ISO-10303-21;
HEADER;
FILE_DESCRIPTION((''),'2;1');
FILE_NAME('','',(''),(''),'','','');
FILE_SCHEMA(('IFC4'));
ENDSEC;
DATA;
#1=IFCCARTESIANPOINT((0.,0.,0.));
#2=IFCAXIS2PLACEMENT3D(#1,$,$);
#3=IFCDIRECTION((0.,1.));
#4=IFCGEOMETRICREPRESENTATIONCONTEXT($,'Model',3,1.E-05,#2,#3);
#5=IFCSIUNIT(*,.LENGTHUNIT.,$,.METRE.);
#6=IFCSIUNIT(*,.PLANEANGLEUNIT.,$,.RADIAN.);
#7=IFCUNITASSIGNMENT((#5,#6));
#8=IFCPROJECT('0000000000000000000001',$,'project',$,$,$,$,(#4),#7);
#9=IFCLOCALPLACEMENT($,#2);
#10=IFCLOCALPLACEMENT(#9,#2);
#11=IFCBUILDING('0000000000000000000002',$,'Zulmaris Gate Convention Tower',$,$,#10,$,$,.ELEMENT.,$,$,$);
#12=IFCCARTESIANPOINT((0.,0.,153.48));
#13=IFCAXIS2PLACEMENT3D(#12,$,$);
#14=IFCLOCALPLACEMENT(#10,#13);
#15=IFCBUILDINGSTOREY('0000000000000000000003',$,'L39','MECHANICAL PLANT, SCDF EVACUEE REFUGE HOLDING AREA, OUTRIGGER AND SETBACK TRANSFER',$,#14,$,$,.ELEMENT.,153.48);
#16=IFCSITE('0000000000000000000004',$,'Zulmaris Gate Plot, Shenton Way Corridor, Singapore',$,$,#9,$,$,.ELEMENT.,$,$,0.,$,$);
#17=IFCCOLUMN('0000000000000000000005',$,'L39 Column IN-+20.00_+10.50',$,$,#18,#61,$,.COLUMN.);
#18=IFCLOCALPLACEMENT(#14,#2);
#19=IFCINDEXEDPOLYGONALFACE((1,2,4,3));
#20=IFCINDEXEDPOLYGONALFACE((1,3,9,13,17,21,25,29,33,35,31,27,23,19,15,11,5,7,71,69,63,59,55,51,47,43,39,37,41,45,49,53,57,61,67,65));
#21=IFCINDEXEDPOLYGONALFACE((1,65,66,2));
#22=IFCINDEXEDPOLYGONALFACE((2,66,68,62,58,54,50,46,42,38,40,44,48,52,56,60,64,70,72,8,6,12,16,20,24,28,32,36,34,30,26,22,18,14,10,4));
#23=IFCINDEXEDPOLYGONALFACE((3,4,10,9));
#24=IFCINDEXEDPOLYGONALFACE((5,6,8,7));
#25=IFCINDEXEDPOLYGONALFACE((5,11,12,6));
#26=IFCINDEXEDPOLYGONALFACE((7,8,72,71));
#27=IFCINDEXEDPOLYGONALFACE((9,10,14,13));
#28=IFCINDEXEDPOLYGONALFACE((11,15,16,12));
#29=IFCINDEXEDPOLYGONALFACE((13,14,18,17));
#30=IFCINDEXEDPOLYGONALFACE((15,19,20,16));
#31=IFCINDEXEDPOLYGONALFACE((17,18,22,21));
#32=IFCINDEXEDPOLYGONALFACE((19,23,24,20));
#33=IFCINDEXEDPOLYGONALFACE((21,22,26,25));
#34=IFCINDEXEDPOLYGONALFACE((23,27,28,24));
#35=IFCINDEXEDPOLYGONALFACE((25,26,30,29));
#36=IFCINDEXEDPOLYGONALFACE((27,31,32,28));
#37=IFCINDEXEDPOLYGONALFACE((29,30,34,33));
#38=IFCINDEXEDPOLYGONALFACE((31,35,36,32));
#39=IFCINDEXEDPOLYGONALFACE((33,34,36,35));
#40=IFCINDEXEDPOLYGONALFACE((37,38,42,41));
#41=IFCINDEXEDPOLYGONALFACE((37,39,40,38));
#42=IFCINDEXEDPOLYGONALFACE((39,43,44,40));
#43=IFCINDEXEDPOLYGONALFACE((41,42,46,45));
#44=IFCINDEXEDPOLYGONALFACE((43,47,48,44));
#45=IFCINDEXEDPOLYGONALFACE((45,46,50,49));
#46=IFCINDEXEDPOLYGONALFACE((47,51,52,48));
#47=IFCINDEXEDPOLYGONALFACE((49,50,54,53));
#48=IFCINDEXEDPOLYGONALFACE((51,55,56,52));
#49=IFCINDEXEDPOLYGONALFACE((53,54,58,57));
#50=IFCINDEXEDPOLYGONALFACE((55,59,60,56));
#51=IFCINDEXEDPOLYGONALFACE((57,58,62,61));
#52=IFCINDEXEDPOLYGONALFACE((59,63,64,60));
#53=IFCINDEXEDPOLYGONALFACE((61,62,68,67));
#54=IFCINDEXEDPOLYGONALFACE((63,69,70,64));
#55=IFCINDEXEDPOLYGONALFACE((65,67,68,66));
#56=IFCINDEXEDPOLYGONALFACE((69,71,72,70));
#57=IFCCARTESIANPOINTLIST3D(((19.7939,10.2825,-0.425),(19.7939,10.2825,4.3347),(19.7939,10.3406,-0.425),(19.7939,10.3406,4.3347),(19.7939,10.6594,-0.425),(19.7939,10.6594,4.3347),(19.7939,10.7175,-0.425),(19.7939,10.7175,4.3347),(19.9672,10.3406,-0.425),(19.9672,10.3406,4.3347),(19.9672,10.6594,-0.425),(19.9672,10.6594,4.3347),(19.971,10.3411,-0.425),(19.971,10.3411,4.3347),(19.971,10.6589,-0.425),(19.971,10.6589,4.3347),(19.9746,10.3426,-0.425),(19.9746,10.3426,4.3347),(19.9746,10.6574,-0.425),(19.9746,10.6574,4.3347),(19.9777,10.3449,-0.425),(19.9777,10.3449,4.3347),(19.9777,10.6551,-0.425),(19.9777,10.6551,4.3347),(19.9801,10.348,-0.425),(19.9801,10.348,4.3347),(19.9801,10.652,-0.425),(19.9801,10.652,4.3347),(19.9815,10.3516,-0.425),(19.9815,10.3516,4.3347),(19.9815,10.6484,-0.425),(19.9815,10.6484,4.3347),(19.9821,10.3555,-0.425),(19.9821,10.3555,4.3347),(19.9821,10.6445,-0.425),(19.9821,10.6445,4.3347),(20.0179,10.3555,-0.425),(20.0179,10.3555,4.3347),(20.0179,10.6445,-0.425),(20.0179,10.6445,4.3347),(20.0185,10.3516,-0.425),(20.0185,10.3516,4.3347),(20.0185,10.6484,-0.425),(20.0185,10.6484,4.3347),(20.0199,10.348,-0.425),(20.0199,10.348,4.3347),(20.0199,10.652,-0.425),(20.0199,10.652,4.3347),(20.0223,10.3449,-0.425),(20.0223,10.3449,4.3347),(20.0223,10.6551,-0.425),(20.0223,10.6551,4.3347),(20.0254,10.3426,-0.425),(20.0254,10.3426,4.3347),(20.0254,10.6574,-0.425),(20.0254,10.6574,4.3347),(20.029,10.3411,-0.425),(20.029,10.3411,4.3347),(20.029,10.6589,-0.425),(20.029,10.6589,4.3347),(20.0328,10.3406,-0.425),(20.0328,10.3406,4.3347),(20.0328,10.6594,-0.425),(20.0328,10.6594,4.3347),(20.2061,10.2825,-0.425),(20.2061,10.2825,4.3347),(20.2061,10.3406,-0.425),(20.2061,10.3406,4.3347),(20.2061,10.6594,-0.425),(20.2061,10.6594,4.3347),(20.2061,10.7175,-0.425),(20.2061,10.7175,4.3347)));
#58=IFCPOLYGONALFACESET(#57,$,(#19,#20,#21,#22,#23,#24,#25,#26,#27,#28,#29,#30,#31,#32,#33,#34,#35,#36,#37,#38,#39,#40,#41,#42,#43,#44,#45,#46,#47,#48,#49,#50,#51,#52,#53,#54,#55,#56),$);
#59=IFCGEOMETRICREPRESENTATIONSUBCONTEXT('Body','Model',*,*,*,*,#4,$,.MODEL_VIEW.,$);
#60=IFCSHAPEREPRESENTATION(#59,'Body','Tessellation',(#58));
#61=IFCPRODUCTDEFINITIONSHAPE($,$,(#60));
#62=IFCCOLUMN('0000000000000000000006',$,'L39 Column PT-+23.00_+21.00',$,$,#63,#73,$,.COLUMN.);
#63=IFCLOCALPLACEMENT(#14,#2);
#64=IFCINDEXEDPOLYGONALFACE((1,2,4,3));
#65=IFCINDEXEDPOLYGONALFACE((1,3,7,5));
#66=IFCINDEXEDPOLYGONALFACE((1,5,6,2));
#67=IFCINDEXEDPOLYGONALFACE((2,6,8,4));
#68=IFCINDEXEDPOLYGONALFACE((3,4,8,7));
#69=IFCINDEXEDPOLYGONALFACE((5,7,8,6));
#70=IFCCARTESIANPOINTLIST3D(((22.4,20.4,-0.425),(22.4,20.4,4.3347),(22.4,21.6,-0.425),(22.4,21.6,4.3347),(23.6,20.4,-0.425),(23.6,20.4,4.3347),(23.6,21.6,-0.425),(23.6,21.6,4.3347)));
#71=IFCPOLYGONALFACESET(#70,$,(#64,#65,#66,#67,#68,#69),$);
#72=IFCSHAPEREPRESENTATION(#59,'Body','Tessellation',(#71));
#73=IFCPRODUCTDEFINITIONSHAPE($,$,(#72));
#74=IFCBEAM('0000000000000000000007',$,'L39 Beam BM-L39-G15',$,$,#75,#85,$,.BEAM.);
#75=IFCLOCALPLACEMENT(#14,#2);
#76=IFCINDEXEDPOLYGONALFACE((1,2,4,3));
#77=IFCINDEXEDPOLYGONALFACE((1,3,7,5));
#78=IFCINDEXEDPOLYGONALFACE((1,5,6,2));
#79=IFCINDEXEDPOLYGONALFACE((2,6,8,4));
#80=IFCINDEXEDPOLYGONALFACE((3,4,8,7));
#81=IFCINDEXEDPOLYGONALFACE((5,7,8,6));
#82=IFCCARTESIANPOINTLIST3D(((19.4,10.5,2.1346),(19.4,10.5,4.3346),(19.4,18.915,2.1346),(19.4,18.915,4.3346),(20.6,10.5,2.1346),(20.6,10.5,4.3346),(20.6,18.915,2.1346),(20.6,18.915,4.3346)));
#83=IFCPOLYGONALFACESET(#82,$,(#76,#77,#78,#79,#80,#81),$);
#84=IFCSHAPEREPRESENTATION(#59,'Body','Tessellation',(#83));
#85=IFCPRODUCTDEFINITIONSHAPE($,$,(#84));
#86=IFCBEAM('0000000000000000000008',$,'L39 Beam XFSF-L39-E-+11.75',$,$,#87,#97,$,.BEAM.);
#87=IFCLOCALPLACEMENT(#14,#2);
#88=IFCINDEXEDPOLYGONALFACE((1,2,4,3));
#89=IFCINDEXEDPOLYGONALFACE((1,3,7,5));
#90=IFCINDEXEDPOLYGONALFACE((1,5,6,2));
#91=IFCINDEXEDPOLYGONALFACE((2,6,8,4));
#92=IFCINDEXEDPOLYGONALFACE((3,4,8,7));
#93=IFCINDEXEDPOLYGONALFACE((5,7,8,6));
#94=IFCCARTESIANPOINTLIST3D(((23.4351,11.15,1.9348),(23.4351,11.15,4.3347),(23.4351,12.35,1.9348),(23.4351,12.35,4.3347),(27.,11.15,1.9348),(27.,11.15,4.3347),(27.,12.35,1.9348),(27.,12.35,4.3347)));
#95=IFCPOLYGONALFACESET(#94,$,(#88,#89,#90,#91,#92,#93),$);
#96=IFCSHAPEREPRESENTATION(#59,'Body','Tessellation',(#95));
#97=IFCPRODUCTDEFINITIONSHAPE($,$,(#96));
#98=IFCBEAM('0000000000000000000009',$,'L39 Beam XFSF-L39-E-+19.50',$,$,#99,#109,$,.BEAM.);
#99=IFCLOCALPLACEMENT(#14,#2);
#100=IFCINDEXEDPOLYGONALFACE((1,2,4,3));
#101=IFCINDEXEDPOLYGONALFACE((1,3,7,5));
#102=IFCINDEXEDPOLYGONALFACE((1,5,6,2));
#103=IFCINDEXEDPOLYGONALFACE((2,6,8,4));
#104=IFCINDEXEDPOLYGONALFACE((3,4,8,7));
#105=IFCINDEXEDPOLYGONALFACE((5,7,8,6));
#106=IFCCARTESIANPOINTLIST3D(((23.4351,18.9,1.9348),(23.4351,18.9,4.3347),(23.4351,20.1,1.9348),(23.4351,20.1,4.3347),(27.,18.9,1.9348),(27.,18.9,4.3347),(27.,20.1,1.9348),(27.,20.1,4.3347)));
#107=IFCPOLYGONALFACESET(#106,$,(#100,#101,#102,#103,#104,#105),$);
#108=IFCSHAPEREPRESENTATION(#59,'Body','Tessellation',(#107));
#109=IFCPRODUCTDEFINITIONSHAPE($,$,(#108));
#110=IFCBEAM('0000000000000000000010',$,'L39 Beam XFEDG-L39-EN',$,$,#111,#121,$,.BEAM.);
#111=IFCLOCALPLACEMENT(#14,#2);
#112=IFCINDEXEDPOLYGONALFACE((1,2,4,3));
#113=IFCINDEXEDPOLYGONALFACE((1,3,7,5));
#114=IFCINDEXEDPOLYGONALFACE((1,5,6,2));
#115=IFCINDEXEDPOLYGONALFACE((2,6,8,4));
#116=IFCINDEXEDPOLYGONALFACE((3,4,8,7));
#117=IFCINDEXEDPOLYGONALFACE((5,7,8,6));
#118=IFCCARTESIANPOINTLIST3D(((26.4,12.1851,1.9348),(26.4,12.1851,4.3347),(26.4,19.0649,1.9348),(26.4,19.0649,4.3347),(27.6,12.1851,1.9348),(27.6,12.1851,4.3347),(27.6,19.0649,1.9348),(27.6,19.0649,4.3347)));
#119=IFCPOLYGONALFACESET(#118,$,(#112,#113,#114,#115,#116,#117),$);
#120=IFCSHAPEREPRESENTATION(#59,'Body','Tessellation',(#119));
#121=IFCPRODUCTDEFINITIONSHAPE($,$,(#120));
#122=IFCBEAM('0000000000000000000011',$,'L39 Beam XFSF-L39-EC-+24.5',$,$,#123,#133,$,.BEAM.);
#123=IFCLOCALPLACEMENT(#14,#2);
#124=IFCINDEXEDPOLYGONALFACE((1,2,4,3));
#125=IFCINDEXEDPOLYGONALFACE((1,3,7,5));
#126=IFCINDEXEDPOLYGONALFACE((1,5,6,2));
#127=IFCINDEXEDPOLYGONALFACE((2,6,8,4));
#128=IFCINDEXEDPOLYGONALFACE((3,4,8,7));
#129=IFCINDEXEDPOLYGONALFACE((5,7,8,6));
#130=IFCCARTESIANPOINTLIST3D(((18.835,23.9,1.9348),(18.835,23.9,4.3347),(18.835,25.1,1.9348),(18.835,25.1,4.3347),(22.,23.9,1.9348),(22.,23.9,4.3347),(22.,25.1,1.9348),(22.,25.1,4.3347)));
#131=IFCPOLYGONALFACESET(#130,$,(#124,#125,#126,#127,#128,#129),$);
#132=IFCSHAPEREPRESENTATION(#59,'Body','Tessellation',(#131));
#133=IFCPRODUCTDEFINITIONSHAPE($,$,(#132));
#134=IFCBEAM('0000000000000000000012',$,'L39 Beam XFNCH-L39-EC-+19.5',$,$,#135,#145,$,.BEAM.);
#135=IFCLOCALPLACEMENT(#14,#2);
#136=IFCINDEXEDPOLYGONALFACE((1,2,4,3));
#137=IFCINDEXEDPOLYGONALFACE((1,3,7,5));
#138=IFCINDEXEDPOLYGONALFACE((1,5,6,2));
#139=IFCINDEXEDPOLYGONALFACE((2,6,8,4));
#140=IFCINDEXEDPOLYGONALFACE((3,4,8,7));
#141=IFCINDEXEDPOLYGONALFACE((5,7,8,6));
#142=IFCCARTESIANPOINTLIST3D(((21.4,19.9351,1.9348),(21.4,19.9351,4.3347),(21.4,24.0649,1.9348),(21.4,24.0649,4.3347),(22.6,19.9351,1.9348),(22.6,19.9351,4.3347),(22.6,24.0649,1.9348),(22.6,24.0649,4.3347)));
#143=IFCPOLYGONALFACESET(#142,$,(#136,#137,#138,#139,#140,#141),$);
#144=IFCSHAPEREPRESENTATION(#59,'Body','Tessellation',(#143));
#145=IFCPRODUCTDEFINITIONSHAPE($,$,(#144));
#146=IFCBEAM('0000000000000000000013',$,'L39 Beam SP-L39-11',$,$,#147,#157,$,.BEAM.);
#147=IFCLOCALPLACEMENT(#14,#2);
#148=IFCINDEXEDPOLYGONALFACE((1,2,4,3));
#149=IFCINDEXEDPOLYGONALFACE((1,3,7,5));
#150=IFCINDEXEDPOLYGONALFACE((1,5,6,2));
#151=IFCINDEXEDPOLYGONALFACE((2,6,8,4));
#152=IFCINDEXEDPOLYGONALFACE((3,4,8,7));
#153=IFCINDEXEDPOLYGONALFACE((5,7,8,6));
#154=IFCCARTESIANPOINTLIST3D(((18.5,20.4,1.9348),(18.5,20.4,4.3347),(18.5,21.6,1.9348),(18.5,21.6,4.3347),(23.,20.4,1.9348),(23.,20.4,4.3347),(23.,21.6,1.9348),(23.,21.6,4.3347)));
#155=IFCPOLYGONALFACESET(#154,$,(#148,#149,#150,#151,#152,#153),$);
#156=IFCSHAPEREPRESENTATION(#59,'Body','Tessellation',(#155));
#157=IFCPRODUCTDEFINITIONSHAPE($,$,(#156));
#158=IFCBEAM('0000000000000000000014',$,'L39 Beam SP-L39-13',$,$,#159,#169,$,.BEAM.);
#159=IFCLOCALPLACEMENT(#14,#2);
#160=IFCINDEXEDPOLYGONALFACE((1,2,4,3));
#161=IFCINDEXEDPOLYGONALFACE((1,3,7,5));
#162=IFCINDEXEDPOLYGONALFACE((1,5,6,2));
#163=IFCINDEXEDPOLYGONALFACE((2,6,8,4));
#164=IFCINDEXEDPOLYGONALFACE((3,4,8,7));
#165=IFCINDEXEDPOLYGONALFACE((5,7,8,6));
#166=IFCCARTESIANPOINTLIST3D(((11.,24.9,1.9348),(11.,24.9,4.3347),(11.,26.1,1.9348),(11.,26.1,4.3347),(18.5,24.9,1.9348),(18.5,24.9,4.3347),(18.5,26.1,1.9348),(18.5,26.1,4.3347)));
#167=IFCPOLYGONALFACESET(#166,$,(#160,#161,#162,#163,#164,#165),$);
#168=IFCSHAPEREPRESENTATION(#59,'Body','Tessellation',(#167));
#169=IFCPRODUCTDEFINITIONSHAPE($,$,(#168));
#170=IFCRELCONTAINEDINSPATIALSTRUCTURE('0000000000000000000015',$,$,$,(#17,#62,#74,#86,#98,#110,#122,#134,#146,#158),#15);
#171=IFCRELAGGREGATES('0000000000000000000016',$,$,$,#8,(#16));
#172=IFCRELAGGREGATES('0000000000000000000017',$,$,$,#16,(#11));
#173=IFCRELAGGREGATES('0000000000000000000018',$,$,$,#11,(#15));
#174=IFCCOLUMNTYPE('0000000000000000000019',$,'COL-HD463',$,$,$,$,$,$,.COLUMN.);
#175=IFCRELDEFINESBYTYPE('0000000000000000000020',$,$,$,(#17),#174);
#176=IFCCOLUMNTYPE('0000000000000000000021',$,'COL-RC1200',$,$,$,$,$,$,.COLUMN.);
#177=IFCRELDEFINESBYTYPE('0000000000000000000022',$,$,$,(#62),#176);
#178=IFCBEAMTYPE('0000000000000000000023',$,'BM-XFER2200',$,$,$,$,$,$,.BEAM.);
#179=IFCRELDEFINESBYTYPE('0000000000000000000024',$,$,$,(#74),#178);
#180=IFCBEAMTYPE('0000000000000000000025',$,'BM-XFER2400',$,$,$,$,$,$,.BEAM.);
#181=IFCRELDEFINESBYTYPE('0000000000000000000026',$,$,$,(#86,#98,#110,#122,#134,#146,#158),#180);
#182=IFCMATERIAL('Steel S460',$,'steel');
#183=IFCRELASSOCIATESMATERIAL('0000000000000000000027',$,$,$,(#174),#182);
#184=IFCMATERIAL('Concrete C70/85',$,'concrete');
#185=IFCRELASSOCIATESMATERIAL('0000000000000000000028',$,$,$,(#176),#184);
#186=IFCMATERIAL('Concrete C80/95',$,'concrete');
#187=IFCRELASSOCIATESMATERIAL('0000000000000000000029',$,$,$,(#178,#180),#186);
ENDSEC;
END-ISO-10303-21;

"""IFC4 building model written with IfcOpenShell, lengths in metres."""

from ifc_helpers import new_model, si_unit, direction, frame, origin, origin_2d, place, context, subcontext, project, spatial, rectangle, i_section, extrude, material, material_profile, profile_set, type_object, element, save


model = new_model("IFC4")

# Units and contexts
model_context = context("Model", 3, precision=1e-05, world=origin(), true_north=direction((0.0, 1.0)))
body_context = subcontext(model_context, "Body", "Model", "MODEL_VIEW")
ifc_project = project(units=[si_unit("LENGTHUNIT", "METRE"), si_unit("PLANEANGLEUNIT", "RADIAN")], contexts=[model_context])

# Site, building, storey
site_placement = place(None, origin())
site = spatial("IfcSite", under=ifc_project, at=site_placement, Name="Zulmaris Gate Plot, Shenton Way Corridor, Singapore", CompositionType="ELEMENT", RefElevation=0.0)
building_placement = place(site_placement, origin())
building = spatial("IfcBuilding", under=site, at=building_placement, Name="Zulmaris Gate Convention Tower", CompositionType="ELEMENT")
storey_placement = place(building_placement, frame((0.0, 0.0, 153.48)))
storey = spatial("IfcBuildingStorey", under=building, at=storey_placement, Name="L39", Description="MECHANICAL PLANT, SCDF EVACUEE REFUGE HOLDING AREA, OUTRIGGER AND SETBACK TRANSFER", CompositionType="ELEMENT", Elevation=153.48)

# Columns
ifc_material_1 = material(Name="Steel S460", Category="steel")
ifc_material_profile_1 = material_profile(ifc_material_1, i_section(OverallWidth=0.4121, OverallDepth=0.4351, WebThickness=0.0359, FlangeThickness=0.0581, FilletRadius=0.0149, at=origin_2d()), Name="HD 400x463")
ifc_profile_set_1 = profile_set([ifc_material_profile_1], Name="Steel S460")
column_type_1 = type_object("IfcColumnType", Name="COL-HD463", PredefinedType="COLUMN", material=ifc_profile_set_1)
column_1_placement = place(storey_placement, frame((20.0, 10.5, -0.425), z_axis=(0.0, 0.0, 1.0), x_axis=(1.0, 0.0, 0.0)))
element("IfcColumn", 1, at=column_1_placement, inside=storey, type_object=column_type_1, Name="L39 Column IN-+20.00_+10.50", PredefinedType="COLUMN", context=body_context, shape_type="SweptSolid", body=[
    extrude(i_section(OverallWidth=0.4121, OverallDepth=0.4351, WebThickness=0.0359, FlangeThickness=0.0581, FilletRadius=0.0149, at=origin_2d()), origin(), (0.0, 0.0, 1.0), 4.7598),
])
ifc_material_2 = material(Name="Concrete C70/85", Category="concrete")
ifc_material_profile_2 = material_profile(ifc_material_2, rectangle(XDim=1.2, YDim=1.2, at=origin_2d()), Name="RC COL 1200x1200")
ifc_profile_set_2 = profile_set([ifc_material_profile_2], Name="Concrete C70/85")
column_type_2 = type_object("IfcColumnType", Name="COL-RC1200", PredefinedType="COLUMN", material=ifc_profile_set_2)
column_2_placement = place(storey_placement, frame((23.0, 21.0, -0.425), z_axis=(0.0, 0.0, 1.0), x_axis=(1.0, 0.0, 0.0)))
element("IfcColumn", 2, at=column_2_placement, inside=storey, type_object=column_type_2, Name="L39 Column PT-+23.00_+21.00", PredefinedType="COLUMN", context=body_context, shape_type="SweptSolid", body=[
    extrude(rectangle(XDim=1.2, YDim=1.2, at=origin_2d()), origin(), (0.0, 0.0, 1.0), 4.7598),
])

# Beams
ifc_material_3 = material(Name="Concrete C80/95", Category="concrete")
ifc_material_profile_3 = material_profile(ifc_material_3, rectangle(XDim=1.2, YDim=2.2, at=origin_2d()), Name="RC TRANSFER 1200x2200")
ifc_profile_set_3 = profile_set([ifc_material_profile_3], Name="Concrete C80/95")
beam_type_1 = type_object("IfcBeamType", Name="BM-XFER2200", PredefinedType="BEAM", material=ifc_profile_set_3)
beam_1_placement = place(storey_placement, frame((20.0, 10.5, 3.2346), z_axis=(0.0, 1.0, 0.0), x_axis=(-1.0, 0.0, 0.0)))
element("IfcBeam", 3, at=beam_1_placement, inside=storey, type_object=beam_type_1, Name="L39 Beam BM-L39-G15", PredefinedType="BEAM", context=body_context, shape_type="SweptSolid", body=[
    extrude(rectangle(XDim=1.2, YDim=2.2, at=origin_2d()), origin(), (0.0, 0.0, 1.0), 8.415),
])
ifc_material_profile_4 = material_profile(ifc_material_3, rectangle(XDim=1.2, YDim=2.3999, at=origin_2d()), Name="RC TRANSFER 1200x2400")
ifc_profile_set_4 = profile_set([ifc_material_profile_4], Name="Concrete C80/95")
beam_type_2 = type_object("IfcBeamType", Name="BM-XFER2400", PredefinedType="BEAM", material=ifc_profile_set_4)
for number, where, z_axis, x_axis, name in (
    (4, (23.4351, 11.75, 3.1348), (1.0, 0.0, 0.0), (0.0, 1.0, 0.0), "L39 Beam XFSF-L39-E-+11.75"),
    (5, (23.4351, 19.5, 3.1348), (1.0, 0.0, 0.0), (0.0, 1.0, 0.0), "L39 Beam XFSF-L39-E-+19.50"),
):
    element("IfcBeam", number, at=place(storey_placement, frame(where, z_axis=z_axis, x_axis=x_axis)), inside=storey, type_object=beam_type_2, Name=name, PredefinedType="BEAM", context=body_context, shape_type="SweptSolid", body=[
        extrude(rectangle(XDim=1.2, YDim=2.3999, at=origin_2d()), origin(), (0.0, 0.0, 1.0), 3.5649),
    ])
beam_2_placement = place(storey_placement, frame((27.0, 12.1851, 3.1348), z_axis=(0.0, 1.0, 0.0), x_axis=(-1.0, 0.0, 0.0)))
element("IfcBeam", 6, at=beam_2_placement, inside=storey, type_object=beam_type_2, Name="L39 Beam XFEDG-L39-EN", PredefinedType="BEAM", context=body_context, shape_type="SweptSolid", body=[
    extrude(rectangle(XDim=1.2, YDim=2.3999, at=origin_2d()), origin(), (0.0, 0.0, 1.0), 6.8799),
])
beam_3_placement = place(storey_placement, frame((18.835, 24.5, 3.1348), z_axis=(1.0, 0.0, 0.0), x_axis=(0.0, 1.0, 0.0)))
element("IfcBeam", 7, at=beam_3_placement, inside=storey, type_object=beam_type_2, Name="L39 Beam XFSF-L39-EC-+24.5", PredefinedType="BEAM", context=body_context, shape_type="SweptSolid", body=[
    extrude(rectangle(XDim=1.2, YDim=2.3999, at=origin_2d()), origin(), (0.0, 0.0, 1.0), 3.165),
])
beam_4_placement = place(storey_placement, frame((22.0, 19.9351, 3.1348), z_axis=(0.0, 1.0, 0.0), x_axis=(-1.0, 0.0, 0.0)))
element("IfcBeam", 8, at=beam_4_placement, inside=storey, type_object=beam_type_2, Name="L39 Beam XFNCH-L39-EC-+19.5", PredefinedType="BEAM", context=body_context, shape_type="SweptSolid", body=[
    extrude(rectangle(XDim=1.2, YDim=2.3999, at=origin_2d()), origin(), (0.0, 0.0, 1.0), 4.1299),
])
beam_5_placement = place(storey_placement, frame((23.0, 21.0, 3.1348), z_axis=(-1.0, 0.0, 0.0), x_axis=(0.0, -1.0, 0.0)))
element("IfcBeam", 9, at=beam_5_placement, inside=storey, type_object=beam_type_2, Name="L39 Beam SP-L39-11", PredefinedType="BEAM", context=body_context, shape_type="SweptSolid", body=[
    extrude(rectangle(XDim=1.2, YDim=2.3999, at=origin_2d()), origin(), (0.0, 0.0, 1.0), 4.5),
])
beam_6_placement = place(storey_placement, frame((18.5, 25.5, 3.1348), z_axis=(-1.0, 0.0, 0.0), x_axis=(0.0, -1.0, 0.0)))
element("IfcBeam", 10, at=beam_6_placement, inside=storey, type_object=beam_type_2, Name="L39 Beam SP-L39-13", PredefinedType="BEAM", context=body_context, shape_type="SweptSolid", body=[
    extrude(rectangle(XDim=1.2, YDim=2.3999, at=origin_2d()), origin(), (0.0, 0.0, 1.0), 7.5),
])

save(model, "model.ifc")
